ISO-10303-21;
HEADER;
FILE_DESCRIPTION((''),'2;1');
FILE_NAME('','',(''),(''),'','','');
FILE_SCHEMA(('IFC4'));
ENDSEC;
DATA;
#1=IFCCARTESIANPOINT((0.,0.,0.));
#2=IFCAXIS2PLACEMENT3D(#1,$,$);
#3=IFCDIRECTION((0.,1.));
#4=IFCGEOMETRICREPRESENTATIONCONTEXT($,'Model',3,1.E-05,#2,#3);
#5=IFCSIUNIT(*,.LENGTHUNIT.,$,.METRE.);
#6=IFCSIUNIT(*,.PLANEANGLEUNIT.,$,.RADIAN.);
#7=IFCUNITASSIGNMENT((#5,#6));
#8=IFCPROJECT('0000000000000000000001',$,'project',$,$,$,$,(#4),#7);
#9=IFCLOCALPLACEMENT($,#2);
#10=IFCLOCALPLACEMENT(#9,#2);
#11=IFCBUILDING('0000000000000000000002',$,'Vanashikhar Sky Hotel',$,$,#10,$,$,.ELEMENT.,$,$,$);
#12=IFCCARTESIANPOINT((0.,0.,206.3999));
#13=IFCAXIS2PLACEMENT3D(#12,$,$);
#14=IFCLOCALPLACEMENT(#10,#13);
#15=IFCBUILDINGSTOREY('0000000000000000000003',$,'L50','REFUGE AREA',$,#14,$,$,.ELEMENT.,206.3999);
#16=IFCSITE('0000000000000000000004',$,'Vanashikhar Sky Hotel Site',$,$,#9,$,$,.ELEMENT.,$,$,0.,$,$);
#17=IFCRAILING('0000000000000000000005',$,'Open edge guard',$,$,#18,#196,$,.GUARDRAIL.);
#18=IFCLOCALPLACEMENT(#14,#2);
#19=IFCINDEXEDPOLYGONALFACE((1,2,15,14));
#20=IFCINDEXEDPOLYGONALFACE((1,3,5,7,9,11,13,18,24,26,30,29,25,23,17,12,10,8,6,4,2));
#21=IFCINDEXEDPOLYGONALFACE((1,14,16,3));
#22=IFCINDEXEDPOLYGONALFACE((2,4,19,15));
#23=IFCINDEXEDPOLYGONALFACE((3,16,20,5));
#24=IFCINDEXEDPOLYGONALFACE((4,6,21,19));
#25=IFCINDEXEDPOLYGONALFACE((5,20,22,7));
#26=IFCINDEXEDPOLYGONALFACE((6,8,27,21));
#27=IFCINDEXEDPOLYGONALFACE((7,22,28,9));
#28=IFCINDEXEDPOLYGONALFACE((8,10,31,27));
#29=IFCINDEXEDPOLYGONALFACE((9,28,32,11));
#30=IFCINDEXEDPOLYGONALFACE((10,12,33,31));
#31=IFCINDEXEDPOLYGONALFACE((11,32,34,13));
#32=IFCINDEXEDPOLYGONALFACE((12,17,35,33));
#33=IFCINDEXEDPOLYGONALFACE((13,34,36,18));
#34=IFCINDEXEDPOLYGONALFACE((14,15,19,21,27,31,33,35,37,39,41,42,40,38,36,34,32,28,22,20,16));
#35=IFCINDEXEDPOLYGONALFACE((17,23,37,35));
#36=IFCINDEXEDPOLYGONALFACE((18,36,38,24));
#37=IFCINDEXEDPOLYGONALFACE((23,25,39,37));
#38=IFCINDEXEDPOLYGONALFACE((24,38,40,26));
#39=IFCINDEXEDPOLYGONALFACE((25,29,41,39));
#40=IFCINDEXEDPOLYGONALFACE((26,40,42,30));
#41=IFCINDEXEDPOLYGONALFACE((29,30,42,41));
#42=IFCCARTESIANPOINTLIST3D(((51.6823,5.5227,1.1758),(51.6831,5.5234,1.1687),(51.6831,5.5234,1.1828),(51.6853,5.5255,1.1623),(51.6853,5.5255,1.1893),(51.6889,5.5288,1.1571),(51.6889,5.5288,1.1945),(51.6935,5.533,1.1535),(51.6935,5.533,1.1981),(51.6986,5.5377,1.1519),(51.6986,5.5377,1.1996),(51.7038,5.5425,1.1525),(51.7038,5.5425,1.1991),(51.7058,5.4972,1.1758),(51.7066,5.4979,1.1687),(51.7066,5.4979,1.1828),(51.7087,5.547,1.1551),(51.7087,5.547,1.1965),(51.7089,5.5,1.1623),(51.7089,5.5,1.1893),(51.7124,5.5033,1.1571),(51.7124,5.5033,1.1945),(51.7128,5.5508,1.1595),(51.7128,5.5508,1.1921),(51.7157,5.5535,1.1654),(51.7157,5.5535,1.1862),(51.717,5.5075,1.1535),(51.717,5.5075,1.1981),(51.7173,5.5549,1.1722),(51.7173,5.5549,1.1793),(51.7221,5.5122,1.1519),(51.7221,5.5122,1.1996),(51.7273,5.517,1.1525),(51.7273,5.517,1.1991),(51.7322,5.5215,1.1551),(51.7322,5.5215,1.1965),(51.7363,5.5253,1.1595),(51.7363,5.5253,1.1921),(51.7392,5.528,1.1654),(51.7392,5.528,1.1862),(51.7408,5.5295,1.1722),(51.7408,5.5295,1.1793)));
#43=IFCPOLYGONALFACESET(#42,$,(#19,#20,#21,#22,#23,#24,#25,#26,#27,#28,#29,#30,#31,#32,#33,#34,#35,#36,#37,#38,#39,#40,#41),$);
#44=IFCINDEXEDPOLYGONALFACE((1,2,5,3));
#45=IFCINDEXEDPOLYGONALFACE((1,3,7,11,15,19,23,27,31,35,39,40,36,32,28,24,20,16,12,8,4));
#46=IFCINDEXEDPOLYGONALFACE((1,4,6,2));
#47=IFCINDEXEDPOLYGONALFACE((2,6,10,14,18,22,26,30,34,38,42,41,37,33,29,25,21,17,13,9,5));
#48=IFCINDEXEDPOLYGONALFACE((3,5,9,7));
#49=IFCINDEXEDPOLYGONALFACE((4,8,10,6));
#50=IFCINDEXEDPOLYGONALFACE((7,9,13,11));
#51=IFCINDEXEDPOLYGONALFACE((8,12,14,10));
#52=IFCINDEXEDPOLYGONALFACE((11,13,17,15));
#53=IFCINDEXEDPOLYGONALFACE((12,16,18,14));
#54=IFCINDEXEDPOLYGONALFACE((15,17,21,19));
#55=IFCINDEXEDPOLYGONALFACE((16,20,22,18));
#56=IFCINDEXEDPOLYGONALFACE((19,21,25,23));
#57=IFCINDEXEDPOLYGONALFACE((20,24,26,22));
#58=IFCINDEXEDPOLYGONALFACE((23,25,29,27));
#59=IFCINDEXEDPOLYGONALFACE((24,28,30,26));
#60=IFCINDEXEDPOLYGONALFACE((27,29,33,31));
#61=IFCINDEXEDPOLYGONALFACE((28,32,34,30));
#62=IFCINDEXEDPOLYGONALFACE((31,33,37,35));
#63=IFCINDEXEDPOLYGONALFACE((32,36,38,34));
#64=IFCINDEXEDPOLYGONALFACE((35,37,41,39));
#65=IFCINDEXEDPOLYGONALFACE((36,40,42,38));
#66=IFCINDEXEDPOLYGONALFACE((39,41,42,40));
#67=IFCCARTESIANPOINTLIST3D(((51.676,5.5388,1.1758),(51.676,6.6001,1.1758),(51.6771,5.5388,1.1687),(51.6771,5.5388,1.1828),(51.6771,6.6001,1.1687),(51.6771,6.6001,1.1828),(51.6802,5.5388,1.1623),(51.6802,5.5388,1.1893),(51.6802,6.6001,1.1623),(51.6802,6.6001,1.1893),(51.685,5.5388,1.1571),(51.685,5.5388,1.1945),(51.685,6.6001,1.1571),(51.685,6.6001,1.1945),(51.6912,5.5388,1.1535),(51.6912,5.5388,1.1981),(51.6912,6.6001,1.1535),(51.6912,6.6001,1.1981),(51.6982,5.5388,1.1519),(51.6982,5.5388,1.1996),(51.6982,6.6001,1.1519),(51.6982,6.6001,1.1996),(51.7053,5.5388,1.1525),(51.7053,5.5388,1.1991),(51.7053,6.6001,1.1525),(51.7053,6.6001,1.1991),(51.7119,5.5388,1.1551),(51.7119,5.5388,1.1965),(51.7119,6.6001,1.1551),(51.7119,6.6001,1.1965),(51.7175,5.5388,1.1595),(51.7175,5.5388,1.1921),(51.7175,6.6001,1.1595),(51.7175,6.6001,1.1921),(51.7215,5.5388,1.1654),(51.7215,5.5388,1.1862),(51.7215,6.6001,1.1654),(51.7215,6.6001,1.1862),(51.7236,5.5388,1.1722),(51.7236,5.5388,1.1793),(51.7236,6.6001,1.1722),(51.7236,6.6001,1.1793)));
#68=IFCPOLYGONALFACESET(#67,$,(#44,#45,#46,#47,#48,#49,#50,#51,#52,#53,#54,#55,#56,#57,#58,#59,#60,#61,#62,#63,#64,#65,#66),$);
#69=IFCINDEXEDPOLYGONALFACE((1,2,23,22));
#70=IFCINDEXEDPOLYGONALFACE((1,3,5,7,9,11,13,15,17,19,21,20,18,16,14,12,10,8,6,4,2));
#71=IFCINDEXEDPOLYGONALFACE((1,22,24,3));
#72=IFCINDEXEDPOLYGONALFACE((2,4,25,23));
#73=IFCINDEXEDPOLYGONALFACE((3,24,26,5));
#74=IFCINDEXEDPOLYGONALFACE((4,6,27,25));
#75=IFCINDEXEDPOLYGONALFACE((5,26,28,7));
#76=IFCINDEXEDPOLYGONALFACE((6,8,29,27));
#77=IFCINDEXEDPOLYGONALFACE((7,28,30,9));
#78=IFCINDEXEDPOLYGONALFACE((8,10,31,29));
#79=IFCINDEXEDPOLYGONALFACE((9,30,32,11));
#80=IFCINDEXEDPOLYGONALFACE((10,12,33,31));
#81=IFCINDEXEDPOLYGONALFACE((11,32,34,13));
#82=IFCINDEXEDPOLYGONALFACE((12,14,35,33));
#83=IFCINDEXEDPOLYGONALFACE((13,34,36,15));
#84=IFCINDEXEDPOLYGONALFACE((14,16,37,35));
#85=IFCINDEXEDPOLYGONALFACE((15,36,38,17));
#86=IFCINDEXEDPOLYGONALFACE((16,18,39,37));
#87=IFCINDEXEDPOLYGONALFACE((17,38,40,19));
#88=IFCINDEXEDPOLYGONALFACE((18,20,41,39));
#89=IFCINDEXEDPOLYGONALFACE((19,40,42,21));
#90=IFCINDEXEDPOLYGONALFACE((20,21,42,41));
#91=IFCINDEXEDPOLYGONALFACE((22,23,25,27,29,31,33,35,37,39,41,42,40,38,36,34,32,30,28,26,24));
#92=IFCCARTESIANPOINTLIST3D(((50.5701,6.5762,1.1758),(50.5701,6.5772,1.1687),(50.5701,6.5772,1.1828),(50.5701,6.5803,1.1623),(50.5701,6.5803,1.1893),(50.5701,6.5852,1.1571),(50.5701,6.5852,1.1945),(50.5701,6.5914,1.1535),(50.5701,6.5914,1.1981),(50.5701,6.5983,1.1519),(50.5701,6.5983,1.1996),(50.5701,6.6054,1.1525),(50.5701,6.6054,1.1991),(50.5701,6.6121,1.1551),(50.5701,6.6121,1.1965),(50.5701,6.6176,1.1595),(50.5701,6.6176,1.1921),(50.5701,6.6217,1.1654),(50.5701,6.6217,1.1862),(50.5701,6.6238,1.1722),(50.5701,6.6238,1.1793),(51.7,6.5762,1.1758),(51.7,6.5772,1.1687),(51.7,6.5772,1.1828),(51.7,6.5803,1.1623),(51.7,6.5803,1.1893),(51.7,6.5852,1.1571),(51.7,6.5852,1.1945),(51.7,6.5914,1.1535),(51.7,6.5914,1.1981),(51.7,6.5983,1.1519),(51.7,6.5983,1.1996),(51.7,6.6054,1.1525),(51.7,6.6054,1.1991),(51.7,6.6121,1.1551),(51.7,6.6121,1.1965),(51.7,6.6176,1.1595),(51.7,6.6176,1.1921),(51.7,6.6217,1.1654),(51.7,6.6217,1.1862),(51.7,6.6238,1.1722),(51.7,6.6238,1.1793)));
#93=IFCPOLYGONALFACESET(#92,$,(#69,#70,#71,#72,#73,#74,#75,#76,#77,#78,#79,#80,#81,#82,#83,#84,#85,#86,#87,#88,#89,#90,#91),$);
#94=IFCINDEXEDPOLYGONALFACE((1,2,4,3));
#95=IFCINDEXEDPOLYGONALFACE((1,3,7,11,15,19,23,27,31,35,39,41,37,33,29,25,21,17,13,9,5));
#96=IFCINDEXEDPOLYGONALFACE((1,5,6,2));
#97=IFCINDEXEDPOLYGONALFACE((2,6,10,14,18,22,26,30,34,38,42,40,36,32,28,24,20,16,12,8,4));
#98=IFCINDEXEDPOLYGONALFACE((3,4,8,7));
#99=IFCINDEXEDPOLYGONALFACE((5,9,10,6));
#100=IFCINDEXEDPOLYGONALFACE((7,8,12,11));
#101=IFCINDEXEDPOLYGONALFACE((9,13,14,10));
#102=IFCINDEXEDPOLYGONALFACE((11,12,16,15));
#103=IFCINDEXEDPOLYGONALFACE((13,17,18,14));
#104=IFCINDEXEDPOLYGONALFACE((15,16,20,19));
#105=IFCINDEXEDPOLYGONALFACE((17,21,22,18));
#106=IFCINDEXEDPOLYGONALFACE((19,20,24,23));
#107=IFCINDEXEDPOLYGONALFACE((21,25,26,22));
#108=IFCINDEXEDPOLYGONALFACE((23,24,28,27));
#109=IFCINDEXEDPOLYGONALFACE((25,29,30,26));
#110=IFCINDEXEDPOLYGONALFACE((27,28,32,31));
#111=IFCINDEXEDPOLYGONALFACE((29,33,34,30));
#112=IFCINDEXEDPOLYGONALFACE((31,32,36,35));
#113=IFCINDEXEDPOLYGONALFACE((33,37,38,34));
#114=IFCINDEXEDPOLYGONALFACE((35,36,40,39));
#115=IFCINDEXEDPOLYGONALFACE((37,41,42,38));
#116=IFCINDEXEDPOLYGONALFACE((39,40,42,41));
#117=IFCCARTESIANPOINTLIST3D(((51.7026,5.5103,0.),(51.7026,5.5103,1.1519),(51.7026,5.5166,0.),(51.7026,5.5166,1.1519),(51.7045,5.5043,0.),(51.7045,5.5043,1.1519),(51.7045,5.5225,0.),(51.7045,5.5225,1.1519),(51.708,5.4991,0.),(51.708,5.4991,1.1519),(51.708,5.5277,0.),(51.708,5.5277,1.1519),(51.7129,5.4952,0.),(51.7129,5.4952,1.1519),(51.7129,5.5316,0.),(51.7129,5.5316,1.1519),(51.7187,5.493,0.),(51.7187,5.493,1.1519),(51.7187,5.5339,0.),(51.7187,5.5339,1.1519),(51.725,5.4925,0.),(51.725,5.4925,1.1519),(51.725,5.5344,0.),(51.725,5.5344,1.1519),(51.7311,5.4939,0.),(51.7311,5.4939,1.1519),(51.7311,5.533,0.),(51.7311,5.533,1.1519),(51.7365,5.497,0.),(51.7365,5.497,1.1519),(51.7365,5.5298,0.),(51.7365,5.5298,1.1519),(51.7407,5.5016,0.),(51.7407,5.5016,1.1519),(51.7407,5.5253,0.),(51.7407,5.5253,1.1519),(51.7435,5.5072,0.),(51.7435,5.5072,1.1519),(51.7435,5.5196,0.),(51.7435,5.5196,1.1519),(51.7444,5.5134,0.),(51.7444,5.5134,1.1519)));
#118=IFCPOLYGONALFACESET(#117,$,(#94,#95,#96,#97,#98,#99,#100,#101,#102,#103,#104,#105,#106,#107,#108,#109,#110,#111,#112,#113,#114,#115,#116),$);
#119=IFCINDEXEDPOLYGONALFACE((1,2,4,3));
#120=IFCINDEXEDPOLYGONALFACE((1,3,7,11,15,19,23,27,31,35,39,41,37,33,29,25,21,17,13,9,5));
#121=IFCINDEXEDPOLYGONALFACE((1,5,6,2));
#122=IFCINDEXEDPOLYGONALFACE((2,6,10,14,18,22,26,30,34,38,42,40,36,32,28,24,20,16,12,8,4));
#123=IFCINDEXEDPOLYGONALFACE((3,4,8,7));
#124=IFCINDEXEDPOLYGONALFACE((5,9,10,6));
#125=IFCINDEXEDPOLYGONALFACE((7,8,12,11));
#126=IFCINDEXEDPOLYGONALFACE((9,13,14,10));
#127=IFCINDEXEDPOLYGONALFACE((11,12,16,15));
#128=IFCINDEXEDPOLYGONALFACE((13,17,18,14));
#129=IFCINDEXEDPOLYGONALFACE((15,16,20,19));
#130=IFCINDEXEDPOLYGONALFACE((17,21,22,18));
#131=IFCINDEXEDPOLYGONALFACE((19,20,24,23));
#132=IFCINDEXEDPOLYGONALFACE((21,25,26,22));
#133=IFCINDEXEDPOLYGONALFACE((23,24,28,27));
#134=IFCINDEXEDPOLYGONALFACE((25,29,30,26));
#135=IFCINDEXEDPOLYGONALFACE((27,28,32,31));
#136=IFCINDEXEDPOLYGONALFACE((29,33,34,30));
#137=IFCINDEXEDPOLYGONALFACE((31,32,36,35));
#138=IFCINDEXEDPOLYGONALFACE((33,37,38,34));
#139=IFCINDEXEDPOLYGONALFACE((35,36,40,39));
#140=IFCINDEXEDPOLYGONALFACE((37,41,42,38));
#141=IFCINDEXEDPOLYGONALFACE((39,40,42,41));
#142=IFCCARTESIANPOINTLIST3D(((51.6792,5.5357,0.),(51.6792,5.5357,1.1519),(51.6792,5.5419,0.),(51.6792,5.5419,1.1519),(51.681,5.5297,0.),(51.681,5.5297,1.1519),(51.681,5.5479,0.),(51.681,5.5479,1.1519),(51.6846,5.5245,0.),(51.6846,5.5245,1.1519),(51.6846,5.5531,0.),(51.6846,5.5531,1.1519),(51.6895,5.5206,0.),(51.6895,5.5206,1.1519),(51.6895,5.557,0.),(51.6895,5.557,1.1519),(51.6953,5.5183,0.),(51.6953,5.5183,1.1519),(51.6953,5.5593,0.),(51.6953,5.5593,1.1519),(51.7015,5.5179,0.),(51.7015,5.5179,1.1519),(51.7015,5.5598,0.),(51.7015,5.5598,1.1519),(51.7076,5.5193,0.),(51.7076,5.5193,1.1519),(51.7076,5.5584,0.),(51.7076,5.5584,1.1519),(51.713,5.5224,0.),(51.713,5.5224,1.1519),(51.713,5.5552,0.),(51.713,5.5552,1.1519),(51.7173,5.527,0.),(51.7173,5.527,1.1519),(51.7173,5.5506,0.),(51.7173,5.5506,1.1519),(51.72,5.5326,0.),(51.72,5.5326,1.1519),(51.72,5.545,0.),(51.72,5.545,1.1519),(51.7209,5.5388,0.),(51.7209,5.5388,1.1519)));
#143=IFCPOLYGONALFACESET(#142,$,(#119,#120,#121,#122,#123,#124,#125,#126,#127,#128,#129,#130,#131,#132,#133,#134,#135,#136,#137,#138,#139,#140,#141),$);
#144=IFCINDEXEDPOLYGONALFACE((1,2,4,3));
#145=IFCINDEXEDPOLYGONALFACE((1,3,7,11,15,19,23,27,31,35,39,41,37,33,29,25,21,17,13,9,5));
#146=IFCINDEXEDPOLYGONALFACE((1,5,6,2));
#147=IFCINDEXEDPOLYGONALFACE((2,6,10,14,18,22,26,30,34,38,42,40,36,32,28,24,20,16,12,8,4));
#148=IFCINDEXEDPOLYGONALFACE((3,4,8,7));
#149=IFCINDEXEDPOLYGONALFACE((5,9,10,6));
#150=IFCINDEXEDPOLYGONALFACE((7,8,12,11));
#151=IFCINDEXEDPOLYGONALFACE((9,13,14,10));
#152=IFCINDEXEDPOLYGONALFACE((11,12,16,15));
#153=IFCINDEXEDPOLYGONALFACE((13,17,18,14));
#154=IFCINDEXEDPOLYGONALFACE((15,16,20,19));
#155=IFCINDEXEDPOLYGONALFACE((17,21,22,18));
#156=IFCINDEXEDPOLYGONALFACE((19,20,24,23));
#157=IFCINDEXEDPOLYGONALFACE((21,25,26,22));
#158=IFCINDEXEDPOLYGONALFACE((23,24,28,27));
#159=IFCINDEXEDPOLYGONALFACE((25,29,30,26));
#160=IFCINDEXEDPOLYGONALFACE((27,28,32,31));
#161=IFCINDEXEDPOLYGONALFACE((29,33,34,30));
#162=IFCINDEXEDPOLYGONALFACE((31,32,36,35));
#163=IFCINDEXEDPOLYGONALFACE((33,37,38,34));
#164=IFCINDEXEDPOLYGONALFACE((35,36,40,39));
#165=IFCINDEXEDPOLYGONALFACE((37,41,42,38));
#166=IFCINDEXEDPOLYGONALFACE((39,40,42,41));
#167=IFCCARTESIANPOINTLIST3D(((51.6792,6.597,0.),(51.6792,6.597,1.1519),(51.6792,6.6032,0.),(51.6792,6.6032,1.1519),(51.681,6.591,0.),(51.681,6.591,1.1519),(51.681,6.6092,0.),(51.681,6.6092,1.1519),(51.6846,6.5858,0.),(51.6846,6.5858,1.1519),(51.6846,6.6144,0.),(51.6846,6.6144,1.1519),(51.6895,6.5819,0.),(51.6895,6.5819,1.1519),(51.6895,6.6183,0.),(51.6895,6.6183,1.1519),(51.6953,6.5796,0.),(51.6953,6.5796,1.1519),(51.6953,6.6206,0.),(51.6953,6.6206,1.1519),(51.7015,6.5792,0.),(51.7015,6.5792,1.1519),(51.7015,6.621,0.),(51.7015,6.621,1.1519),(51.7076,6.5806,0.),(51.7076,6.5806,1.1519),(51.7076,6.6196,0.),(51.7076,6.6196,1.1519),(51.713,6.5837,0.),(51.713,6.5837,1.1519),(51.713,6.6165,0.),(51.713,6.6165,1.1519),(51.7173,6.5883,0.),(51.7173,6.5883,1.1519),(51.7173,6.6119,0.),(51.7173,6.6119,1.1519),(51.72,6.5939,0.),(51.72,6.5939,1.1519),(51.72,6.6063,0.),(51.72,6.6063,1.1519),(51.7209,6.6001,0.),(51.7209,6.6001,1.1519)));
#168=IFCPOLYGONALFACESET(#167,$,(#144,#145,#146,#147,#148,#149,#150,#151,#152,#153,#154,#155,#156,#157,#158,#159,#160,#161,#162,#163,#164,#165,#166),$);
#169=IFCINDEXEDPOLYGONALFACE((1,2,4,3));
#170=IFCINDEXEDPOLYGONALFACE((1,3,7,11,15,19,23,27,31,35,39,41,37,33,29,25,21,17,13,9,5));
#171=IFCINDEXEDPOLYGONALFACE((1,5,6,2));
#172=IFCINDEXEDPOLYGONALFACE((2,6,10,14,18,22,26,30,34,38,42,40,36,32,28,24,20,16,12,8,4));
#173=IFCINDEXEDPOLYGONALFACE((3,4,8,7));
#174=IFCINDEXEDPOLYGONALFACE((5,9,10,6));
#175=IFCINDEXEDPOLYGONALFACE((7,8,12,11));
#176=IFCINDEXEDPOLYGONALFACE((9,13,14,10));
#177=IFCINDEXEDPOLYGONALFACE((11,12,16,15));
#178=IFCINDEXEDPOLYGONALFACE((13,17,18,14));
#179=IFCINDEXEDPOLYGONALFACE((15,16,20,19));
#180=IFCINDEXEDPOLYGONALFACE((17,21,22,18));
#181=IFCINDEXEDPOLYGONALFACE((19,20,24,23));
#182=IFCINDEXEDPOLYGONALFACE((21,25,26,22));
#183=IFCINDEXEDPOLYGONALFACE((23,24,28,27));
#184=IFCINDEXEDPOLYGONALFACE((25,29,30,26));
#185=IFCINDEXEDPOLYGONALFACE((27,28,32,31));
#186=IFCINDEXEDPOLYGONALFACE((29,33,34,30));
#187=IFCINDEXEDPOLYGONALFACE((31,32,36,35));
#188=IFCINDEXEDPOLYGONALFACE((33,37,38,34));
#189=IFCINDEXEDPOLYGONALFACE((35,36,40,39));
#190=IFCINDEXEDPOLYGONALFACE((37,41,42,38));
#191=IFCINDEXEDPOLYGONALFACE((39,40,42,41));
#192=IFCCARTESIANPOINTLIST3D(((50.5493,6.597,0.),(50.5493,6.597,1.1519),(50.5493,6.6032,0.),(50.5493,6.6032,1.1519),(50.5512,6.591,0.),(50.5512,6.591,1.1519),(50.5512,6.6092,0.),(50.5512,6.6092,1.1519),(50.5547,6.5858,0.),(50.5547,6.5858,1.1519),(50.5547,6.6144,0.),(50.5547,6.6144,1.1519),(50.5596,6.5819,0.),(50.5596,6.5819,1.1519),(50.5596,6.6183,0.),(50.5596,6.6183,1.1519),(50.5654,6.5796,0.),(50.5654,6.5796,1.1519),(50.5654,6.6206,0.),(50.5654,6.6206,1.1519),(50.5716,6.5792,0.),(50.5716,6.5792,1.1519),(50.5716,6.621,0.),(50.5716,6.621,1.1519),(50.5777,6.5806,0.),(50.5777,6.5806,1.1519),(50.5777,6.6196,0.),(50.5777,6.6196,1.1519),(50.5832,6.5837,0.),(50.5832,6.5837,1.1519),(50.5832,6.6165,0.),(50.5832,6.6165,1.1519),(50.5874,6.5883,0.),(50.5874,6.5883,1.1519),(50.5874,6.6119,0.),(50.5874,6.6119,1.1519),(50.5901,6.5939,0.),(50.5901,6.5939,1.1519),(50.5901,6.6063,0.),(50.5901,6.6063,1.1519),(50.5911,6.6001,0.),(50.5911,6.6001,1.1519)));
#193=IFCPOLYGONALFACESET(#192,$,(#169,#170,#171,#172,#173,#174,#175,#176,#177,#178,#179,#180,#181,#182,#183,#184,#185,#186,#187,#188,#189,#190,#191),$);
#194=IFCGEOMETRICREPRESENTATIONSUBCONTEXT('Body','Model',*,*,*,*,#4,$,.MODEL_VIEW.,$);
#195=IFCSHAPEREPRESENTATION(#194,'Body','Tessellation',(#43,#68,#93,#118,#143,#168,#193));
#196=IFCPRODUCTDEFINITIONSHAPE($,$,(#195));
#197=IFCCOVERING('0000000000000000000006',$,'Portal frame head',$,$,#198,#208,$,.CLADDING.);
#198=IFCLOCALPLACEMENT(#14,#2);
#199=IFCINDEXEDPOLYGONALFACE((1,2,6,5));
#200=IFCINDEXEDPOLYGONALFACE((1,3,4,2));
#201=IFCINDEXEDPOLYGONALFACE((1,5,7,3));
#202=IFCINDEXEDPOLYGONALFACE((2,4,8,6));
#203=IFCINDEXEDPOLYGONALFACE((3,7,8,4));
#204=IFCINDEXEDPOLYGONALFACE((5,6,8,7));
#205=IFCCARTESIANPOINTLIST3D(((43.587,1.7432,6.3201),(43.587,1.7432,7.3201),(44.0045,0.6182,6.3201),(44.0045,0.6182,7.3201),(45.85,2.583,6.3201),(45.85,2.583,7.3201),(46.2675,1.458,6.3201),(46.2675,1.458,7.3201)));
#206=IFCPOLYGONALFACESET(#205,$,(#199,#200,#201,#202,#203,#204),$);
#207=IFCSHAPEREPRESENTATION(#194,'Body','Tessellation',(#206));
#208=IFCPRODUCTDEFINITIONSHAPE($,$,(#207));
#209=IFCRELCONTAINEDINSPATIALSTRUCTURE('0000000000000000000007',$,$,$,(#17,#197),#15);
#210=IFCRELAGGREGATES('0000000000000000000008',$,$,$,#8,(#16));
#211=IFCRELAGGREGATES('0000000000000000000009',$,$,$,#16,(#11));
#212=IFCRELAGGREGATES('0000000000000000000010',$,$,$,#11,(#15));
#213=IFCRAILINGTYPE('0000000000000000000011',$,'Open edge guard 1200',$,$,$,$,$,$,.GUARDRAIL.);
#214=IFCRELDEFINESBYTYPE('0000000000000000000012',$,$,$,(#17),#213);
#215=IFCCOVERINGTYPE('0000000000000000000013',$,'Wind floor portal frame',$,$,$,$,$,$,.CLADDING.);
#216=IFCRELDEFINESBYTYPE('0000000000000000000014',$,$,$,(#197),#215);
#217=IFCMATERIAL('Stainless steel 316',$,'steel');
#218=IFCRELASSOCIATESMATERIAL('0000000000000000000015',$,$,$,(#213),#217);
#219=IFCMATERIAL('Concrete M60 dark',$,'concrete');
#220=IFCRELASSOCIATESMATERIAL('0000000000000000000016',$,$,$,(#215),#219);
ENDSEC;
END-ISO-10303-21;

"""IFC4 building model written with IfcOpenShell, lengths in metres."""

from ifc_helpers import new_model, si_unit, direction, frame, origin, origin_2d, place, context, subcontext, project, spatial, rectangle, circle, extrude, source, transform, mapped, material, type_object, element, save


model = new_model("IFC4")

# Units and contexts
model_context = context("Model", 3, precision=1e-05, world=origin(), true_north=direction((0.0, 1.0)))
body_context = subcontext(model_context, "Body", "Model", "MODEL_VIEW")
ifc_project = project(units=[si_unit("LENGTHUNIT", "METRE"), si_unit("PLANEANGLEUNIT", "RADIAN")], contexts=[model_context])

# Site, building, storey
site_placement = place(None, origin())
site = spatial("IfcSite", under=ifc_project, at=site_placement, Name="Vanashikhar Sky Hotel Site", CompositionType="ELEMENT", RefElevation=0.0)
building_placement = place(site_placement, origin())
building = spatial("IfcBuilding", under=site, at=building_placement, Name="Vanashikhar Sky Hotel", CompositionType="ELEMENT")
storey_placement = place(building_placement, frame((0.0, 0.0, 206.3999)))
storey = spatial("IfcBuildingStorey", under=building, at=storey_placement, Name="L50", Description="REFUGE AREA", CompositionType="ELEMENT", Elevation=206.3999)

# Railing
ifc_material_1 = material(Name="Stainless steel 316", Category="steel")
railing_type = type_object("IfcRailingType", Name="Open edge guard 1200", PredefinedType="GUARDRAIL", material=ifc_material_1)
shared_shape_1 = source(origin(), body_context, "Body", "SweptSolid", [
    extrude(circle(Radius=0.0239, at=origin_2d()), frame((0.0, 0.0, 1.1758), z_axis=(-0.67828, 0.734803, 0.0), x_axis=(-0.734803, -0.67828, 0.0)), (0.0, 0.0, 1.0), 0.0347),
    extrude(circle(Radius=0.0239, at=origin_2d()), frame((-0.0234, 0.0254, 1.1758), z_axis=(0.0, 1.0, 0.0), x_axis=(-1.0, 0.0, 0.0)), (0.0, 0.0, 1.0), 1.0613),
    extrude(circle(Radius=0.0239, at=origin_2d()), frame((-0.0234, 1.0867, 1.1758), z_axis=(-1.0, 0.0, 0.0), x_axis=(0.0, -1.0, 0.0)), (0.0, 0.0, 1.0), 1.1299),
    extrude(circle(Radius=0.021, at=origin_2d()), origin(), (0.0, 0.0, 1.0), 1.1519),
    extrude(circle(Radius=0.021, at=origin_2d()), frame((-0.0234, 0.0254, 0.0)), (0.0, 0.0, 1.0), 1.1519),
    extrude(circle(Radius=0.021, at=origin_2d()), frame((-0.0234, 1.0867, 0.0)), (0.0, 0.0, 1.0), 1.1519),
    extrude(circle(Radius=0.021, at=origin_2d()), frame((-1.1533, 1.0867, 0.0)), (0.0, 0.0, 1.0), 1.1519),
])
railing_1_placement = place(storey_placement, frame((51.7234, 5.5134, 0.0)))
element("IfcRailing", 1, at=railing_1_placement, inside=storey, type_object=railing_type, Name="Open edge guard", PredefinedType="GUARDRAIL", context=body_context, shape_type="MappedRepresentation", body=[
    mapped(shared_shape_1, transform((0.0, 0.0, 0.0), scale=1.0)),
])

# Covering
ifc_material_2 = material(Name="Concrete M60 dark", Category="concrete")
covering_type = type_object("IfcCoveringType", Name="Wind floor portal frame", PredefinedType="CLADDING", material=ifc_material_2)
shared_shape_2 = source(origin(), body_context, "Body", "SweptSolid", [
    extrude(rectangle(XDim=2.4138, YDim=1.2, at=origin_2d()), origin(), (0.0, 0.0, 1.0), 1.0),
])
for number, where, z_axis, x_axis, name in (
    (2, (44.9272, 1.6006, 6.3201), (0.0, 0.0, 1.0), (0.937531, 0.347901, 0.0), "Portal frame head"),
):
    element("IfcCovering", number, at=place(storey_placement, frame(where, z_axis=z_axis, x_axis=x_axis)), inside=storey, type_object=covering_type, Name=name, PredefinedType="CLADDING", context=body_context, shape_type="MappedRepresentation", body=[
        mapped(shared_shape_2, transform((0.0, 0.0, 0.0), scale=1.0)),
    ])

save(model, "model.ifc")
